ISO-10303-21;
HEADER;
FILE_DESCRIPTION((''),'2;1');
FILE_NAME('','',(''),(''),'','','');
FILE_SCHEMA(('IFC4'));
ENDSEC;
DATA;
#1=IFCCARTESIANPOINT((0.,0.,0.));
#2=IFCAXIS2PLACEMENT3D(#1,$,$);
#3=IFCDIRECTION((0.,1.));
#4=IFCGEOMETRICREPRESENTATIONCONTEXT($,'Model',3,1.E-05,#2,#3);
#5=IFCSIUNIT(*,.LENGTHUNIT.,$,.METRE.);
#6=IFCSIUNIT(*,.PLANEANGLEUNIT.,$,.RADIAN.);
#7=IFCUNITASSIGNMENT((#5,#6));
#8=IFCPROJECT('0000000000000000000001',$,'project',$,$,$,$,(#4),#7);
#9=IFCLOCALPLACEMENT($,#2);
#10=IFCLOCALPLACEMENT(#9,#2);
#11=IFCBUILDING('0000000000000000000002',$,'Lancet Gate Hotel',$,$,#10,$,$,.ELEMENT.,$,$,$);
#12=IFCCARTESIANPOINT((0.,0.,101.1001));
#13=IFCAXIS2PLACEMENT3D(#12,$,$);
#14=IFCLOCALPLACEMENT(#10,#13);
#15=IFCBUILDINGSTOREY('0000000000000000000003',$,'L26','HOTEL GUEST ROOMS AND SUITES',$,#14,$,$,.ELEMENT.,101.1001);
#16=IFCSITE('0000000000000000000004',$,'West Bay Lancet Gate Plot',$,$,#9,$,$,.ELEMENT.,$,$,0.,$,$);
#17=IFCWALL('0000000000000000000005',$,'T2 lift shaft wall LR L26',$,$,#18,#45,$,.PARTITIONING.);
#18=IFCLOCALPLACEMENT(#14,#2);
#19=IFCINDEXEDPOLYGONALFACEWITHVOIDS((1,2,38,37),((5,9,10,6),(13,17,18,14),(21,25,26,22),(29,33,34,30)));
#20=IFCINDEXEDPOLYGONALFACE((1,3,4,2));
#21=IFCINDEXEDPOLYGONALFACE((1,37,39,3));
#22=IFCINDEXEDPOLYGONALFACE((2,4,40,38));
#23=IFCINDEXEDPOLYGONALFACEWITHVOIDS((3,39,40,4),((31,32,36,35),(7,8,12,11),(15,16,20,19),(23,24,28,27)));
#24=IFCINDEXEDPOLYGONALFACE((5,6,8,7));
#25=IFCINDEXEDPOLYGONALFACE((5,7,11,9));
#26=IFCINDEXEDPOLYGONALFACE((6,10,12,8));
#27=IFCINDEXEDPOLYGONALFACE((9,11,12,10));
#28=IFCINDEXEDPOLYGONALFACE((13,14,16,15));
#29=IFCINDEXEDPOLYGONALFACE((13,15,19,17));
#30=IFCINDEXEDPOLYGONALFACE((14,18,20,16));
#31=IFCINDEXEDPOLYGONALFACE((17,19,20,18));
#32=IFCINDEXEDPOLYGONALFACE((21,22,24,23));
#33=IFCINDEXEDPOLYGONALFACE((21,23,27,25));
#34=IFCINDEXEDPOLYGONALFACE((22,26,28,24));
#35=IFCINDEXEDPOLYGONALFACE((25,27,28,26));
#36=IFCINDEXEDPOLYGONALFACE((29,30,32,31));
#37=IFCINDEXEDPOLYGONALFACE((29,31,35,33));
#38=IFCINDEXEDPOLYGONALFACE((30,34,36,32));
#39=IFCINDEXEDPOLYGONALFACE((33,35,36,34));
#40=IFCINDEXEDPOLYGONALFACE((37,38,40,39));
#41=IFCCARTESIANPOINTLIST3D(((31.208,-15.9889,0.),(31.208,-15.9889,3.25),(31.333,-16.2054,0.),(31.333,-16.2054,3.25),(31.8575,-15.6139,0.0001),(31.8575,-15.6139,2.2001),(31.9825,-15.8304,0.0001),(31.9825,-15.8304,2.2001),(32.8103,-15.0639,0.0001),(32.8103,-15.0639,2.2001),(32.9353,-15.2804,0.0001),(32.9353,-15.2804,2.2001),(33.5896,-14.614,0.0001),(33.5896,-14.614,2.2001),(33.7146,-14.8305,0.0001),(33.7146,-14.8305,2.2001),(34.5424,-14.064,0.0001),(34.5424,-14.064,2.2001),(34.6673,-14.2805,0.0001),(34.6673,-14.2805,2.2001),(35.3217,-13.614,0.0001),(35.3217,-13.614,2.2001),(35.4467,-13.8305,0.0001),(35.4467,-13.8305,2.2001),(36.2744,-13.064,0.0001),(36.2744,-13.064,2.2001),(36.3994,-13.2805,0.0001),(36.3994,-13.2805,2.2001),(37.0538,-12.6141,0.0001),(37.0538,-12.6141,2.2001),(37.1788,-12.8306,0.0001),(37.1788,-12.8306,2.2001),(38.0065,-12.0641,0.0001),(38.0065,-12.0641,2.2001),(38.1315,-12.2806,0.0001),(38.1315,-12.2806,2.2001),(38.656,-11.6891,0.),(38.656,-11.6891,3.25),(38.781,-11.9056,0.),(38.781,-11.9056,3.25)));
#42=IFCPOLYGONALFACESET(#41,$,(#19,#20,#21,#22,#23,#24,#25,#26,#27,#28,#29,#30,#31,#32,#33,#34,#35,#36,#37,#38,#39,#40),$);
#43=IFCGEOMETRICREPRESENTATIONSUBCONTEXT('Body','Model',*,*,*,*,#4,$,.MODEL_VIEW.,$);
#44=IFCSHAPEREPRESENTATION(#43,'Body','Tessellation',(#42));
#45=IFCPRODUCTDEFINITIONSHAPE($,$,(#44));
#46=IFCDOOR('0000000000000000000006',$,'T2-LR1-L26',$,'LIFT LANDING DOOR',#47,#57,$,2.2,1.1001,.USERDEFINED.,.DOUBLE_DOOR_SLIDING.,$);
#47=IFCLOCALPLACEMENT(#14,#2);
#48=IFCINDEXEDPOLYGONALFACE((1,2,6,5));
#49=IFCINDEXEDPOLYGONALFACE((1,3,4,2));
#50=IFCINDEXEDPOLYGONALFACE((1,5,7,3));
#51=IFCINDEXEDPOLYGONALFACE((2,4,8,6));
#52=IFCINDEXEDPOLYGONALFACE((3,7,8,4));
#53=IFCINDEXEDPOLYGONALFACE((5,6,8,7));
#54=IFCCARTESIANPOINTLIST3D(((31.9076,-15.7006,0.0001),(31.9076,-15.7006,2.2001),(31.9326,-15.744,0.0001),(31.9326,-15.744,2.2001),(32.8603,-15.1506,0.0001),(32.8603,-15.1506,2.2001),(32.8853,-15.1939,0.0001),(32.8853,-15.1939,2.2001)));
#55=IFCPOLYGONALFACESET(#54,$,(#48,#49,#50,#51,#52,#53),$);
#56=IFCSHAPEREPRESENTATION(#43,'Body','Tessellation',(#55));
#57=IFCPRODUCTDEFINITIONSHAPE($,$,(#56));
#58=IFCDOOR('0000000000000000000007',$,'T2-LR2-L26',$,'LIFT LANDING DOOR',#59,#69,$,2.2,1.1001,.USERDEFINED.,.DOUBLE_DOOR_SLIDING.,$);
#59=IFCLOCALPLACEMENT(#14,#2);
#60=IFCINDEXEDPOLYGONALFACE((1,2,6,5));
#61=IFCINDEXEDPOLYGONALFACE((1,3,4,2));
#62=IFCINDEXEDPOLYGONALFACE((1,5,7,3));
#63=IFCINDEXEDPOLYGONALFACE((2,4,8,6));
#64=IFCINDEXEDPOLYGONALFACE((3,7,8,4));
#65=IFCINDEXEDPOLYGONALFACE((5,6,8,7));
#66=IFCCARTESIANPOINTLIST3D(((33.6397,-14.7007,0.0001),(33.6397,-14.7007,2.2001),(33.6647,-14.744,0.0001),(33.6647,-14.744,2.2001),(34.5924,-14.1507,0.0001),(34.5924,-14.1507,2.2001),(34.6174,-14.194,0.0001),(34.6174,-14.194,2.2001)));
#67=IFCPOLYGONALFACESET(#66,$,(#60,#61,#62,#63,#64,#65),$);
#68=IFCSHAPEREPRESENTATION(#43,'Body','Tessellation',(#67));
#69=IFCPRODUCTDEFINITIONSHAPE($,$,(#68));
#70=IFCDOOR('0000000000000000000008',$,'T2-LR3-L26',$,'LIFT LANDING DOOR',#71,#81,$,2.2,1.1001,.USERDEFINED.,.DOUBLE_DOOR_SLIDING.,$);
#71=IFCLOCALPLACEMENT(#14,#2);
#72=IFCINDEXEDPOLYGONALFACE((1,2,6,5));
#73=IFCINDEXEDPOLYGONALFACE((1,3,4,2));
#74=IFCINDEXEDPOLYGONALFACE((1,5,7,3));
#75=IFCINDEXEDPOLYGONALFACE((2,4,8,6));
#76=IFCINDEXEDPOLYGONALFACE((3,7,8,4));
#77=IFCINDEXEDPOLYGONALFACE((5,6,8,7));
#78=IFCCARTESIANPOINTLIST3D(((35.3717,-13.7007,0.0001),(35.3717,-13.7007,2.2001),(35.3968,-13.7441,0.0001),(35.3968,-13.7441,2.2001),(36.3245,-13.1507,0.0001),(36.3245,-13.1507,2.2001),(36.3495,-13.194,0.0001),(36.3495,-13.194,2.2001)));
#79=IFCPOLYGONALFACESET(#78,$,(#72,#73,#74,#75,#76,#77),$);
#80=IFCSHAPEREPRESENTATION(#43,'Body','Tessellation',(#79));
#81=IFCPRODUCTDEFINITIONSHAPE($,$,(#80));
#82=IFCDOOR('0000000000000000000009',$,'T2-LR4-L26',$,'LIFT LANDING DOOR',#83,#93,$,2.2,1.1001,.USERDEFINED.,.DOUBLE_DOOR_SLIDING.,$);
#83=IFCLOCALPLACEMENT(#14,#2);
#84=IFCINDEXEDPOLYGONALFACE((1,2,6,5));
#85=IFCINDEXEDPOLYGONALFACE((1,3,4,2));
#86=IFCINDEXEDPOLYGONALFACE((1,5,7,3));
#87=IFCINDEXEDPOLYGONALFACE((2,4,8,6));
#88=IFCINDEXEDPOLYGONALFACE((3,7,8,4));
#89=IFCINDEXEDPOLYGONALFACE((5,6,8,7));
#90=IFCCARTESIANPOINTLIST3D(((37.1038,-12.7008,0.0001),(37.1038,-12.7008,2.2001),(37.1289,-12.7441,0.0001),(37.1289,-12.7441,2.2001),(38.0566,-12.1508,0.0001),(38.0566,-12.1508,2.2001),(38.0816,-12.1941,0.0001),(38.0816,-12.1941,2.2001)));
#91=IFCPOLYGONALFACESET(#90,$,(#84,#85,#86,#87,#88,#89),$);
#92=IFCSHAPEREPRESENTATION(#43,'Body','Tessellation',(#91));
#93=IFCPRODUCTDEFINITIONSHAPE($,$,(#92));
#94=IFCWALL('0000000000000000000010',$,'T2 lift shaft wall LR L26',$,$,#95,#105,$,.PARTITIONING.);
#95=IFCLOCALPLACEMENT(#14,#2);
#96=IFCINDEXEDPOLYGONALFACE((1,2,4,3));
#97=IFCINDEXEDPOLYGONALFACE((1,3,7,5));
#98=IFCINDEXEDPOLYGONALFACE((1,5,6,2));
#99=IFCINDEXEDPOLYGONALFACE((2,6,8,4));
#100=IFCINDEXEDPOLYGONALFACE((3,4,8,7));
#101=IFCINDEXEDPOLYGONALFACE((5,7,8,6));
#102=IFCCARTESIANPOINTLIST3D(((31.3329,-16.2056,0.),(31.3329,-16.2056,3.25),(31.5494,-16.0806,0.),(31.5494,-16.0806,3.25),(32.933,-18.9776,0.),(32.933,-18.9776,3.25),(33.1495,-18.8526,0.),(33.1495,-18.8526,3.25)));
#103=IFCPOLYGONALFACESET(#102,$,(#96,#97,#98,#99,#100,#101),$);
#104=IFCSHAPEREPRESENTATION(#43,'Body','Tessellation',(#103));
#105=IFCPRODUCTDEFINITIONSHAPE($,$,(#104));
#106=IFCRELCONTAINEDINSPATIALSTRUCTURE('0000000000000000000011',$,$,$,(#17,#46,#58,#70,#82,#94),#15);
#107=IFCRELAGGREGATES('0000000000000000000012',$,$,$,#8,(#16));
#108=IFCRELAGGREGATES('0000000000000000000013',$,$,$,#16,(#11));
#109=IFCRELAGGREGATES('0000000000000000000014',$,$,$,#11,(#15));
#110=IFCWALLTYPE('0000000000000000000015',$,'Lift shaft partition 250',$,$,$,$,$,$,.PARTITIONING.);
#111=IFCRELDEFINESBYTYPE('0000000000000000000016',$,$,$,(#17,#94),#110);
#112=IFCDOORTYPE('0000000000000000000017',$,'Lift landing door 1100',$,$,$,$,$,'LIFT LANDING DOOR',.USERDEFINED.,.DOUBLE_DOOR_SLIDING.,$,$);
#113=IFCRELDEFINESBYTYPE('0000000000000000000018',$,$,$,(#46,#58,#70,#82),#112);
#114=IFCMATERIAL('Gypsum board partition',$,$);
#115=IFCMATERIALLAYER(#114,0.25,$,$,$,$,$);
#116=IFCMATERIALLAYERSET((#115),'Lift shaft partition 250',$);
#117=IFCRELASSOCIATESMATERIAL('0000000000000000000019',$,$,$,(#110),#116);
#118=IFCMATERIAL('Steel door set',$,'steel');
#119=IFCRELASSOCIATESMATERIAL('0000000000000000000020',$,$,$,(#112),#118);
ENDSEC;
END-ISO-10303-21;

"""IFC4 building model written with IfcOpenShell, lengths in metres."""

from ifc_helpers import new_model, si_unit, direction, frame, frame_2d, origin, place, context, subcontext, project, spatial, rectangle, extrude, material, layer, layer_set, type_object, element, fill, save


model = new_model("IFC4")

# Units and contexts
model_context = context("Model", 3, precision=1e-05, world=origin(), true_north=direction((0.0, 1.0)))
body_context = subcontext(model_context, "Body", "Model", "MODEL_VIEW")
ifc_project = project(units=[si_unit("LENGTHUNIT", "METRE"), si_unit("PLANEANGLEUNIT", "RADIAN")], contexts=[model_context])

# Site, building, storey
site_placement = place(None, origin())
site = spatial("IfcSite", under=ifc_project, at=site_placement, Name="West Bay Lancet Gate Plot", CompositionType="ELEMENT", RefElevation=0.0)
building_placement = place(site_placement, origin())
building = spatial("IfcBuilding", under=site, at=building_placement, Name="Lancet Gate Hotel", CompositionType="ELEMENT")
storey_placement = place(building_placement, frame((0.0, 0.0, 101.1001)))
storey = spatial("IfcBuildingStorey", under=building, at=storey_placement, Name="L26", Description="HOTEL GUEST ROOMS AND SUITES", CompositionType="ELEMENT", Elevation=101.1001)

# Wall, openings, doors
ifc_material_1 = material(Name="Gypsum board partition")
ifc_layer_1 = layer(ifc_material_1, 0.25)
ifc_layer_set_1 = layer_set([ifc_layer_1], Name="Lift shaft partition 250")
wall_type_1 = type_object("IfcWallType", Name="Lift shaft partition 250", PredefinedType="PARTITIONING", material=ifc_layer_set_1)
wall_1_placement = place(storey_placement, frame((31.2705, -16.0972, 0.0), z_axis=(0.0, 0.0, 1.0), x_axis=(0.86604, 0.499974, 0.0)))
wall_1 = element("IfcWall", 1, at=wall_1_placement, inside=storey, type_object=wall_type_1, Name="T2 lift shaft wall LR L26", PredefinedType="PARTITIONING", context=body_context, shape_type="SweptSolid", body=[
    extrude(rectangle(XDim=8.6001, YDim=0.25, at=frame_2d((4.3, 0.0))), origin(), (0.0, 0.0, 1.0), 3.25),
])
opening_1_placement = place(wall_1_placement, frame((0.75, 0.0, 0.0)))
opening_1 = element("IfcOpeningElement", 2, at=opening_1_placement, cuts=wall_1, PredefinedType="OPENING", context=body_context, shape_type="SweptSolid", body=[
    extrude(rectangle(XDim=1.1001, YDim=2.2, at=frame_2d((0.55, 1.1001))), frame((0.0, 0.135, 0.0), z_axis=(0.0, -1.0, 0.0), x_axis=(1.0, 0.0, 0.0)), (0.0, 0.0, 1.0), 0.27),
])
opening_2_placement = place(wall_1_placement, frame((2.75, 0.0, 0.0)))
opening_2 = element("IfcOpeningElement", 3, at=opening_2_placement, cuts=wall_1, PredefinedType="OPENING", context=body_context, shape_type="SweptSolid", body=[
    extrude(rectangle(XDim=1.1001, YDim=2.2, at=frame_2d((0.55, 1.1001))), frame((0.0, 0.135, 0.0), z_axis=(0.0, -1.0, 0.0), x_axis=(1.0, 0.0, 0.0)), (0.0, 0.0, 1.0), 0.27),
])
opening_3_placement = place(wall_1_placement, frame((4.75, 0.0, 0.0)))
opening_3 = element("IfcOpeningElement", 4, at=opening_3_placement, cuts=wall_1, PredefinedType="OPENING", context=body_context, shape_type="SweptSolid", body=[
    extrude(rectangle(XDim=1.1001, YDim=2.2, at=frame_2d((0.55, 1.1001))), frame((0.0, 0.135, 0.0), z_axis=(0.0, -1.0, 0.0), x_axis=(1.0, 0.0, 0.0)), (0.0, 0.0, 1.0), 0.27),
])
opening_4_placement = place(wall_1_placement, frame((6.75, 0.0, 0.0)))
opening_4 = element("IfcOpeningElement", 5, at=opening_4_placement, cuts=wall_1, PredefinedType="OPENING", context=body_context, shape_type="SweptSolid", body=[
    extrude(rectangle(XDim=1.1001, YDim=2.2, at=frame_2d((0.55, 1.1001))), frame((0.0, 0.135, 0.0), z_axis=(0.0, -1.0, 0.0), x_axis=(1.0, 0.0, 0.0)), (0.0, 0.0, 1.0), 0.27),
])
ifc_material_2 = material(Name="Steel door set", Category="steel")
door_type_1 = type_object("IfcDoorType", Name="Lift landing door 1100", ElementType="LIFT LANDING DOOR", OperationType="DOUBLE_DOOR_SLIDING", PredefinedType="USERDEFINED", material=ifc_material_2)
door_1_placement = place(opening_1_placement, origin())
door_1 = element("IfcDoor", 6, at=door_1_placement, inside=storey, type_object=door_type_1, Name="T2-LR1-L26", ObjectType="LIFT LANDING DOOR", OperationType="DOUBLE_DOOR_SLIDING", OverallHeight=2.2, OverallWidth=1.1001, PredefinedType="USERDEFINED", context=body_context, shape_type="SweptSolid", body=[
    extrude(rectangle(XDim=1.1001, YDim=2.2, at=frame_2d((0.55, 1.1001))), frame((0.0, 0.0249, 0.0), z_axis=(0.0, -1.0, 0.0), x_axis=(1.0, 0.0, 0.0)), (0.0, 0.0, 1.0), 0.05),
])
fill(opening_1, door_1)
door_2_placement = place(opening_2_placement, origin())
door_2 = element("IfcDoor", 7, at=door_2_placement, inside=storey, type_object=door_type_1, Name="T2-LR2-L26", ObjectType="LIFT LANDING DOOR", OperationType="DOUBLE_DOOR_SLIDING", OverallHeight=2.2, OverallWidth=1.1001, PredefinedType="USERDEFINED", context=body_context, shape_type="SweptSolid", body=[
    extrude(rectangle(XDim=1.1001, YDim=2.2, at=frame_2d((0.55, 1.1001))), frame((0.0, 0.0249, 0.0), z_axis=(0.0, -1.0, 0.0), x_axis=(1.0, 0.0, 0.0)), (0.0, 0.0, 1.0), 0.05),
])
fill(opening_2, door_2)
door_3_placement = place(opening_3_placement, origin())
door_3 = element("IfcDoor", 8, at=door_3_placement, inside=storey, type_object=door_type_1, Name="T2-LR3-L26", ObjectType="LIFT LANDING DOOR", OperationType="DOUBLE_DOOR_SLIDING", OverallHeight=2.2, OverallWidth=1.1001, PredefinedType="USERDEFINED", context=body_context, shape_type="SweptSolid", body=[
    extrude(rectangle(XDim=1.1001, YDim=2.2, at=frame_2d((0.55, 1.1001))), frame((0.0, 0.0249, 0.0), z_axis=(0.0, -1.0, 0.0), x_axis=(1.0, 0.0, 0.0)), (0.0, 0.0, 1.0), 0.05),
])
fill(opening_3, door_3)
door_4_placement = place(opening_4_placement, origin())
door_4 = element("IfcDoor", 9, at=door_4_placement, inside=storey, type_object=door_type_1, Name="T2-LR4-L26", ObjectType="LIFT LANDING DOOR", OperationType="DOUBLE_DOOR_SLIDING", OverallHeight=2.2, OverallWidth=1.1001, PredefinedType="USERDEFINED", context=body_context, shape_type="SweptSolid", body=[
    extrude(rectangle(XDim=1.1001, YDim=2.2, at=frame_2d((0.55, 1.1001))), frame((0.0, 0.0249, 0.0), z_axis=(0.0, -1.0, 0.0), x_axis=(1.0, 0.0, 0.0)), (0.0, 0.0, 1.0), 0.05),
])
fill(opening_4, door_4)

# Wall
wall_2_placement = place(storey_placement, frame((31.4412, -16.1431, 0.0), z_axis=(0.0, 0.0, 1.0), x_axis=(0.499929, -0.866066, 0.0)))
element("IfcWall", 10, at=wall_2_placement, inside=storey, type_object=wall_type_1, Name="T2 lift shaft wall LR L26", PredefinedType="PARTITIONING", context=body_context, shape_type="SweptSolid", body=[
    extrude(rectangle(XDim=3.2007, YDim=0.25, at=frame_2d((1.6003, 0.0))), origin(), (0.0, 0.0, 1.0), 3.25),
])

save(model, "model.ifc")
